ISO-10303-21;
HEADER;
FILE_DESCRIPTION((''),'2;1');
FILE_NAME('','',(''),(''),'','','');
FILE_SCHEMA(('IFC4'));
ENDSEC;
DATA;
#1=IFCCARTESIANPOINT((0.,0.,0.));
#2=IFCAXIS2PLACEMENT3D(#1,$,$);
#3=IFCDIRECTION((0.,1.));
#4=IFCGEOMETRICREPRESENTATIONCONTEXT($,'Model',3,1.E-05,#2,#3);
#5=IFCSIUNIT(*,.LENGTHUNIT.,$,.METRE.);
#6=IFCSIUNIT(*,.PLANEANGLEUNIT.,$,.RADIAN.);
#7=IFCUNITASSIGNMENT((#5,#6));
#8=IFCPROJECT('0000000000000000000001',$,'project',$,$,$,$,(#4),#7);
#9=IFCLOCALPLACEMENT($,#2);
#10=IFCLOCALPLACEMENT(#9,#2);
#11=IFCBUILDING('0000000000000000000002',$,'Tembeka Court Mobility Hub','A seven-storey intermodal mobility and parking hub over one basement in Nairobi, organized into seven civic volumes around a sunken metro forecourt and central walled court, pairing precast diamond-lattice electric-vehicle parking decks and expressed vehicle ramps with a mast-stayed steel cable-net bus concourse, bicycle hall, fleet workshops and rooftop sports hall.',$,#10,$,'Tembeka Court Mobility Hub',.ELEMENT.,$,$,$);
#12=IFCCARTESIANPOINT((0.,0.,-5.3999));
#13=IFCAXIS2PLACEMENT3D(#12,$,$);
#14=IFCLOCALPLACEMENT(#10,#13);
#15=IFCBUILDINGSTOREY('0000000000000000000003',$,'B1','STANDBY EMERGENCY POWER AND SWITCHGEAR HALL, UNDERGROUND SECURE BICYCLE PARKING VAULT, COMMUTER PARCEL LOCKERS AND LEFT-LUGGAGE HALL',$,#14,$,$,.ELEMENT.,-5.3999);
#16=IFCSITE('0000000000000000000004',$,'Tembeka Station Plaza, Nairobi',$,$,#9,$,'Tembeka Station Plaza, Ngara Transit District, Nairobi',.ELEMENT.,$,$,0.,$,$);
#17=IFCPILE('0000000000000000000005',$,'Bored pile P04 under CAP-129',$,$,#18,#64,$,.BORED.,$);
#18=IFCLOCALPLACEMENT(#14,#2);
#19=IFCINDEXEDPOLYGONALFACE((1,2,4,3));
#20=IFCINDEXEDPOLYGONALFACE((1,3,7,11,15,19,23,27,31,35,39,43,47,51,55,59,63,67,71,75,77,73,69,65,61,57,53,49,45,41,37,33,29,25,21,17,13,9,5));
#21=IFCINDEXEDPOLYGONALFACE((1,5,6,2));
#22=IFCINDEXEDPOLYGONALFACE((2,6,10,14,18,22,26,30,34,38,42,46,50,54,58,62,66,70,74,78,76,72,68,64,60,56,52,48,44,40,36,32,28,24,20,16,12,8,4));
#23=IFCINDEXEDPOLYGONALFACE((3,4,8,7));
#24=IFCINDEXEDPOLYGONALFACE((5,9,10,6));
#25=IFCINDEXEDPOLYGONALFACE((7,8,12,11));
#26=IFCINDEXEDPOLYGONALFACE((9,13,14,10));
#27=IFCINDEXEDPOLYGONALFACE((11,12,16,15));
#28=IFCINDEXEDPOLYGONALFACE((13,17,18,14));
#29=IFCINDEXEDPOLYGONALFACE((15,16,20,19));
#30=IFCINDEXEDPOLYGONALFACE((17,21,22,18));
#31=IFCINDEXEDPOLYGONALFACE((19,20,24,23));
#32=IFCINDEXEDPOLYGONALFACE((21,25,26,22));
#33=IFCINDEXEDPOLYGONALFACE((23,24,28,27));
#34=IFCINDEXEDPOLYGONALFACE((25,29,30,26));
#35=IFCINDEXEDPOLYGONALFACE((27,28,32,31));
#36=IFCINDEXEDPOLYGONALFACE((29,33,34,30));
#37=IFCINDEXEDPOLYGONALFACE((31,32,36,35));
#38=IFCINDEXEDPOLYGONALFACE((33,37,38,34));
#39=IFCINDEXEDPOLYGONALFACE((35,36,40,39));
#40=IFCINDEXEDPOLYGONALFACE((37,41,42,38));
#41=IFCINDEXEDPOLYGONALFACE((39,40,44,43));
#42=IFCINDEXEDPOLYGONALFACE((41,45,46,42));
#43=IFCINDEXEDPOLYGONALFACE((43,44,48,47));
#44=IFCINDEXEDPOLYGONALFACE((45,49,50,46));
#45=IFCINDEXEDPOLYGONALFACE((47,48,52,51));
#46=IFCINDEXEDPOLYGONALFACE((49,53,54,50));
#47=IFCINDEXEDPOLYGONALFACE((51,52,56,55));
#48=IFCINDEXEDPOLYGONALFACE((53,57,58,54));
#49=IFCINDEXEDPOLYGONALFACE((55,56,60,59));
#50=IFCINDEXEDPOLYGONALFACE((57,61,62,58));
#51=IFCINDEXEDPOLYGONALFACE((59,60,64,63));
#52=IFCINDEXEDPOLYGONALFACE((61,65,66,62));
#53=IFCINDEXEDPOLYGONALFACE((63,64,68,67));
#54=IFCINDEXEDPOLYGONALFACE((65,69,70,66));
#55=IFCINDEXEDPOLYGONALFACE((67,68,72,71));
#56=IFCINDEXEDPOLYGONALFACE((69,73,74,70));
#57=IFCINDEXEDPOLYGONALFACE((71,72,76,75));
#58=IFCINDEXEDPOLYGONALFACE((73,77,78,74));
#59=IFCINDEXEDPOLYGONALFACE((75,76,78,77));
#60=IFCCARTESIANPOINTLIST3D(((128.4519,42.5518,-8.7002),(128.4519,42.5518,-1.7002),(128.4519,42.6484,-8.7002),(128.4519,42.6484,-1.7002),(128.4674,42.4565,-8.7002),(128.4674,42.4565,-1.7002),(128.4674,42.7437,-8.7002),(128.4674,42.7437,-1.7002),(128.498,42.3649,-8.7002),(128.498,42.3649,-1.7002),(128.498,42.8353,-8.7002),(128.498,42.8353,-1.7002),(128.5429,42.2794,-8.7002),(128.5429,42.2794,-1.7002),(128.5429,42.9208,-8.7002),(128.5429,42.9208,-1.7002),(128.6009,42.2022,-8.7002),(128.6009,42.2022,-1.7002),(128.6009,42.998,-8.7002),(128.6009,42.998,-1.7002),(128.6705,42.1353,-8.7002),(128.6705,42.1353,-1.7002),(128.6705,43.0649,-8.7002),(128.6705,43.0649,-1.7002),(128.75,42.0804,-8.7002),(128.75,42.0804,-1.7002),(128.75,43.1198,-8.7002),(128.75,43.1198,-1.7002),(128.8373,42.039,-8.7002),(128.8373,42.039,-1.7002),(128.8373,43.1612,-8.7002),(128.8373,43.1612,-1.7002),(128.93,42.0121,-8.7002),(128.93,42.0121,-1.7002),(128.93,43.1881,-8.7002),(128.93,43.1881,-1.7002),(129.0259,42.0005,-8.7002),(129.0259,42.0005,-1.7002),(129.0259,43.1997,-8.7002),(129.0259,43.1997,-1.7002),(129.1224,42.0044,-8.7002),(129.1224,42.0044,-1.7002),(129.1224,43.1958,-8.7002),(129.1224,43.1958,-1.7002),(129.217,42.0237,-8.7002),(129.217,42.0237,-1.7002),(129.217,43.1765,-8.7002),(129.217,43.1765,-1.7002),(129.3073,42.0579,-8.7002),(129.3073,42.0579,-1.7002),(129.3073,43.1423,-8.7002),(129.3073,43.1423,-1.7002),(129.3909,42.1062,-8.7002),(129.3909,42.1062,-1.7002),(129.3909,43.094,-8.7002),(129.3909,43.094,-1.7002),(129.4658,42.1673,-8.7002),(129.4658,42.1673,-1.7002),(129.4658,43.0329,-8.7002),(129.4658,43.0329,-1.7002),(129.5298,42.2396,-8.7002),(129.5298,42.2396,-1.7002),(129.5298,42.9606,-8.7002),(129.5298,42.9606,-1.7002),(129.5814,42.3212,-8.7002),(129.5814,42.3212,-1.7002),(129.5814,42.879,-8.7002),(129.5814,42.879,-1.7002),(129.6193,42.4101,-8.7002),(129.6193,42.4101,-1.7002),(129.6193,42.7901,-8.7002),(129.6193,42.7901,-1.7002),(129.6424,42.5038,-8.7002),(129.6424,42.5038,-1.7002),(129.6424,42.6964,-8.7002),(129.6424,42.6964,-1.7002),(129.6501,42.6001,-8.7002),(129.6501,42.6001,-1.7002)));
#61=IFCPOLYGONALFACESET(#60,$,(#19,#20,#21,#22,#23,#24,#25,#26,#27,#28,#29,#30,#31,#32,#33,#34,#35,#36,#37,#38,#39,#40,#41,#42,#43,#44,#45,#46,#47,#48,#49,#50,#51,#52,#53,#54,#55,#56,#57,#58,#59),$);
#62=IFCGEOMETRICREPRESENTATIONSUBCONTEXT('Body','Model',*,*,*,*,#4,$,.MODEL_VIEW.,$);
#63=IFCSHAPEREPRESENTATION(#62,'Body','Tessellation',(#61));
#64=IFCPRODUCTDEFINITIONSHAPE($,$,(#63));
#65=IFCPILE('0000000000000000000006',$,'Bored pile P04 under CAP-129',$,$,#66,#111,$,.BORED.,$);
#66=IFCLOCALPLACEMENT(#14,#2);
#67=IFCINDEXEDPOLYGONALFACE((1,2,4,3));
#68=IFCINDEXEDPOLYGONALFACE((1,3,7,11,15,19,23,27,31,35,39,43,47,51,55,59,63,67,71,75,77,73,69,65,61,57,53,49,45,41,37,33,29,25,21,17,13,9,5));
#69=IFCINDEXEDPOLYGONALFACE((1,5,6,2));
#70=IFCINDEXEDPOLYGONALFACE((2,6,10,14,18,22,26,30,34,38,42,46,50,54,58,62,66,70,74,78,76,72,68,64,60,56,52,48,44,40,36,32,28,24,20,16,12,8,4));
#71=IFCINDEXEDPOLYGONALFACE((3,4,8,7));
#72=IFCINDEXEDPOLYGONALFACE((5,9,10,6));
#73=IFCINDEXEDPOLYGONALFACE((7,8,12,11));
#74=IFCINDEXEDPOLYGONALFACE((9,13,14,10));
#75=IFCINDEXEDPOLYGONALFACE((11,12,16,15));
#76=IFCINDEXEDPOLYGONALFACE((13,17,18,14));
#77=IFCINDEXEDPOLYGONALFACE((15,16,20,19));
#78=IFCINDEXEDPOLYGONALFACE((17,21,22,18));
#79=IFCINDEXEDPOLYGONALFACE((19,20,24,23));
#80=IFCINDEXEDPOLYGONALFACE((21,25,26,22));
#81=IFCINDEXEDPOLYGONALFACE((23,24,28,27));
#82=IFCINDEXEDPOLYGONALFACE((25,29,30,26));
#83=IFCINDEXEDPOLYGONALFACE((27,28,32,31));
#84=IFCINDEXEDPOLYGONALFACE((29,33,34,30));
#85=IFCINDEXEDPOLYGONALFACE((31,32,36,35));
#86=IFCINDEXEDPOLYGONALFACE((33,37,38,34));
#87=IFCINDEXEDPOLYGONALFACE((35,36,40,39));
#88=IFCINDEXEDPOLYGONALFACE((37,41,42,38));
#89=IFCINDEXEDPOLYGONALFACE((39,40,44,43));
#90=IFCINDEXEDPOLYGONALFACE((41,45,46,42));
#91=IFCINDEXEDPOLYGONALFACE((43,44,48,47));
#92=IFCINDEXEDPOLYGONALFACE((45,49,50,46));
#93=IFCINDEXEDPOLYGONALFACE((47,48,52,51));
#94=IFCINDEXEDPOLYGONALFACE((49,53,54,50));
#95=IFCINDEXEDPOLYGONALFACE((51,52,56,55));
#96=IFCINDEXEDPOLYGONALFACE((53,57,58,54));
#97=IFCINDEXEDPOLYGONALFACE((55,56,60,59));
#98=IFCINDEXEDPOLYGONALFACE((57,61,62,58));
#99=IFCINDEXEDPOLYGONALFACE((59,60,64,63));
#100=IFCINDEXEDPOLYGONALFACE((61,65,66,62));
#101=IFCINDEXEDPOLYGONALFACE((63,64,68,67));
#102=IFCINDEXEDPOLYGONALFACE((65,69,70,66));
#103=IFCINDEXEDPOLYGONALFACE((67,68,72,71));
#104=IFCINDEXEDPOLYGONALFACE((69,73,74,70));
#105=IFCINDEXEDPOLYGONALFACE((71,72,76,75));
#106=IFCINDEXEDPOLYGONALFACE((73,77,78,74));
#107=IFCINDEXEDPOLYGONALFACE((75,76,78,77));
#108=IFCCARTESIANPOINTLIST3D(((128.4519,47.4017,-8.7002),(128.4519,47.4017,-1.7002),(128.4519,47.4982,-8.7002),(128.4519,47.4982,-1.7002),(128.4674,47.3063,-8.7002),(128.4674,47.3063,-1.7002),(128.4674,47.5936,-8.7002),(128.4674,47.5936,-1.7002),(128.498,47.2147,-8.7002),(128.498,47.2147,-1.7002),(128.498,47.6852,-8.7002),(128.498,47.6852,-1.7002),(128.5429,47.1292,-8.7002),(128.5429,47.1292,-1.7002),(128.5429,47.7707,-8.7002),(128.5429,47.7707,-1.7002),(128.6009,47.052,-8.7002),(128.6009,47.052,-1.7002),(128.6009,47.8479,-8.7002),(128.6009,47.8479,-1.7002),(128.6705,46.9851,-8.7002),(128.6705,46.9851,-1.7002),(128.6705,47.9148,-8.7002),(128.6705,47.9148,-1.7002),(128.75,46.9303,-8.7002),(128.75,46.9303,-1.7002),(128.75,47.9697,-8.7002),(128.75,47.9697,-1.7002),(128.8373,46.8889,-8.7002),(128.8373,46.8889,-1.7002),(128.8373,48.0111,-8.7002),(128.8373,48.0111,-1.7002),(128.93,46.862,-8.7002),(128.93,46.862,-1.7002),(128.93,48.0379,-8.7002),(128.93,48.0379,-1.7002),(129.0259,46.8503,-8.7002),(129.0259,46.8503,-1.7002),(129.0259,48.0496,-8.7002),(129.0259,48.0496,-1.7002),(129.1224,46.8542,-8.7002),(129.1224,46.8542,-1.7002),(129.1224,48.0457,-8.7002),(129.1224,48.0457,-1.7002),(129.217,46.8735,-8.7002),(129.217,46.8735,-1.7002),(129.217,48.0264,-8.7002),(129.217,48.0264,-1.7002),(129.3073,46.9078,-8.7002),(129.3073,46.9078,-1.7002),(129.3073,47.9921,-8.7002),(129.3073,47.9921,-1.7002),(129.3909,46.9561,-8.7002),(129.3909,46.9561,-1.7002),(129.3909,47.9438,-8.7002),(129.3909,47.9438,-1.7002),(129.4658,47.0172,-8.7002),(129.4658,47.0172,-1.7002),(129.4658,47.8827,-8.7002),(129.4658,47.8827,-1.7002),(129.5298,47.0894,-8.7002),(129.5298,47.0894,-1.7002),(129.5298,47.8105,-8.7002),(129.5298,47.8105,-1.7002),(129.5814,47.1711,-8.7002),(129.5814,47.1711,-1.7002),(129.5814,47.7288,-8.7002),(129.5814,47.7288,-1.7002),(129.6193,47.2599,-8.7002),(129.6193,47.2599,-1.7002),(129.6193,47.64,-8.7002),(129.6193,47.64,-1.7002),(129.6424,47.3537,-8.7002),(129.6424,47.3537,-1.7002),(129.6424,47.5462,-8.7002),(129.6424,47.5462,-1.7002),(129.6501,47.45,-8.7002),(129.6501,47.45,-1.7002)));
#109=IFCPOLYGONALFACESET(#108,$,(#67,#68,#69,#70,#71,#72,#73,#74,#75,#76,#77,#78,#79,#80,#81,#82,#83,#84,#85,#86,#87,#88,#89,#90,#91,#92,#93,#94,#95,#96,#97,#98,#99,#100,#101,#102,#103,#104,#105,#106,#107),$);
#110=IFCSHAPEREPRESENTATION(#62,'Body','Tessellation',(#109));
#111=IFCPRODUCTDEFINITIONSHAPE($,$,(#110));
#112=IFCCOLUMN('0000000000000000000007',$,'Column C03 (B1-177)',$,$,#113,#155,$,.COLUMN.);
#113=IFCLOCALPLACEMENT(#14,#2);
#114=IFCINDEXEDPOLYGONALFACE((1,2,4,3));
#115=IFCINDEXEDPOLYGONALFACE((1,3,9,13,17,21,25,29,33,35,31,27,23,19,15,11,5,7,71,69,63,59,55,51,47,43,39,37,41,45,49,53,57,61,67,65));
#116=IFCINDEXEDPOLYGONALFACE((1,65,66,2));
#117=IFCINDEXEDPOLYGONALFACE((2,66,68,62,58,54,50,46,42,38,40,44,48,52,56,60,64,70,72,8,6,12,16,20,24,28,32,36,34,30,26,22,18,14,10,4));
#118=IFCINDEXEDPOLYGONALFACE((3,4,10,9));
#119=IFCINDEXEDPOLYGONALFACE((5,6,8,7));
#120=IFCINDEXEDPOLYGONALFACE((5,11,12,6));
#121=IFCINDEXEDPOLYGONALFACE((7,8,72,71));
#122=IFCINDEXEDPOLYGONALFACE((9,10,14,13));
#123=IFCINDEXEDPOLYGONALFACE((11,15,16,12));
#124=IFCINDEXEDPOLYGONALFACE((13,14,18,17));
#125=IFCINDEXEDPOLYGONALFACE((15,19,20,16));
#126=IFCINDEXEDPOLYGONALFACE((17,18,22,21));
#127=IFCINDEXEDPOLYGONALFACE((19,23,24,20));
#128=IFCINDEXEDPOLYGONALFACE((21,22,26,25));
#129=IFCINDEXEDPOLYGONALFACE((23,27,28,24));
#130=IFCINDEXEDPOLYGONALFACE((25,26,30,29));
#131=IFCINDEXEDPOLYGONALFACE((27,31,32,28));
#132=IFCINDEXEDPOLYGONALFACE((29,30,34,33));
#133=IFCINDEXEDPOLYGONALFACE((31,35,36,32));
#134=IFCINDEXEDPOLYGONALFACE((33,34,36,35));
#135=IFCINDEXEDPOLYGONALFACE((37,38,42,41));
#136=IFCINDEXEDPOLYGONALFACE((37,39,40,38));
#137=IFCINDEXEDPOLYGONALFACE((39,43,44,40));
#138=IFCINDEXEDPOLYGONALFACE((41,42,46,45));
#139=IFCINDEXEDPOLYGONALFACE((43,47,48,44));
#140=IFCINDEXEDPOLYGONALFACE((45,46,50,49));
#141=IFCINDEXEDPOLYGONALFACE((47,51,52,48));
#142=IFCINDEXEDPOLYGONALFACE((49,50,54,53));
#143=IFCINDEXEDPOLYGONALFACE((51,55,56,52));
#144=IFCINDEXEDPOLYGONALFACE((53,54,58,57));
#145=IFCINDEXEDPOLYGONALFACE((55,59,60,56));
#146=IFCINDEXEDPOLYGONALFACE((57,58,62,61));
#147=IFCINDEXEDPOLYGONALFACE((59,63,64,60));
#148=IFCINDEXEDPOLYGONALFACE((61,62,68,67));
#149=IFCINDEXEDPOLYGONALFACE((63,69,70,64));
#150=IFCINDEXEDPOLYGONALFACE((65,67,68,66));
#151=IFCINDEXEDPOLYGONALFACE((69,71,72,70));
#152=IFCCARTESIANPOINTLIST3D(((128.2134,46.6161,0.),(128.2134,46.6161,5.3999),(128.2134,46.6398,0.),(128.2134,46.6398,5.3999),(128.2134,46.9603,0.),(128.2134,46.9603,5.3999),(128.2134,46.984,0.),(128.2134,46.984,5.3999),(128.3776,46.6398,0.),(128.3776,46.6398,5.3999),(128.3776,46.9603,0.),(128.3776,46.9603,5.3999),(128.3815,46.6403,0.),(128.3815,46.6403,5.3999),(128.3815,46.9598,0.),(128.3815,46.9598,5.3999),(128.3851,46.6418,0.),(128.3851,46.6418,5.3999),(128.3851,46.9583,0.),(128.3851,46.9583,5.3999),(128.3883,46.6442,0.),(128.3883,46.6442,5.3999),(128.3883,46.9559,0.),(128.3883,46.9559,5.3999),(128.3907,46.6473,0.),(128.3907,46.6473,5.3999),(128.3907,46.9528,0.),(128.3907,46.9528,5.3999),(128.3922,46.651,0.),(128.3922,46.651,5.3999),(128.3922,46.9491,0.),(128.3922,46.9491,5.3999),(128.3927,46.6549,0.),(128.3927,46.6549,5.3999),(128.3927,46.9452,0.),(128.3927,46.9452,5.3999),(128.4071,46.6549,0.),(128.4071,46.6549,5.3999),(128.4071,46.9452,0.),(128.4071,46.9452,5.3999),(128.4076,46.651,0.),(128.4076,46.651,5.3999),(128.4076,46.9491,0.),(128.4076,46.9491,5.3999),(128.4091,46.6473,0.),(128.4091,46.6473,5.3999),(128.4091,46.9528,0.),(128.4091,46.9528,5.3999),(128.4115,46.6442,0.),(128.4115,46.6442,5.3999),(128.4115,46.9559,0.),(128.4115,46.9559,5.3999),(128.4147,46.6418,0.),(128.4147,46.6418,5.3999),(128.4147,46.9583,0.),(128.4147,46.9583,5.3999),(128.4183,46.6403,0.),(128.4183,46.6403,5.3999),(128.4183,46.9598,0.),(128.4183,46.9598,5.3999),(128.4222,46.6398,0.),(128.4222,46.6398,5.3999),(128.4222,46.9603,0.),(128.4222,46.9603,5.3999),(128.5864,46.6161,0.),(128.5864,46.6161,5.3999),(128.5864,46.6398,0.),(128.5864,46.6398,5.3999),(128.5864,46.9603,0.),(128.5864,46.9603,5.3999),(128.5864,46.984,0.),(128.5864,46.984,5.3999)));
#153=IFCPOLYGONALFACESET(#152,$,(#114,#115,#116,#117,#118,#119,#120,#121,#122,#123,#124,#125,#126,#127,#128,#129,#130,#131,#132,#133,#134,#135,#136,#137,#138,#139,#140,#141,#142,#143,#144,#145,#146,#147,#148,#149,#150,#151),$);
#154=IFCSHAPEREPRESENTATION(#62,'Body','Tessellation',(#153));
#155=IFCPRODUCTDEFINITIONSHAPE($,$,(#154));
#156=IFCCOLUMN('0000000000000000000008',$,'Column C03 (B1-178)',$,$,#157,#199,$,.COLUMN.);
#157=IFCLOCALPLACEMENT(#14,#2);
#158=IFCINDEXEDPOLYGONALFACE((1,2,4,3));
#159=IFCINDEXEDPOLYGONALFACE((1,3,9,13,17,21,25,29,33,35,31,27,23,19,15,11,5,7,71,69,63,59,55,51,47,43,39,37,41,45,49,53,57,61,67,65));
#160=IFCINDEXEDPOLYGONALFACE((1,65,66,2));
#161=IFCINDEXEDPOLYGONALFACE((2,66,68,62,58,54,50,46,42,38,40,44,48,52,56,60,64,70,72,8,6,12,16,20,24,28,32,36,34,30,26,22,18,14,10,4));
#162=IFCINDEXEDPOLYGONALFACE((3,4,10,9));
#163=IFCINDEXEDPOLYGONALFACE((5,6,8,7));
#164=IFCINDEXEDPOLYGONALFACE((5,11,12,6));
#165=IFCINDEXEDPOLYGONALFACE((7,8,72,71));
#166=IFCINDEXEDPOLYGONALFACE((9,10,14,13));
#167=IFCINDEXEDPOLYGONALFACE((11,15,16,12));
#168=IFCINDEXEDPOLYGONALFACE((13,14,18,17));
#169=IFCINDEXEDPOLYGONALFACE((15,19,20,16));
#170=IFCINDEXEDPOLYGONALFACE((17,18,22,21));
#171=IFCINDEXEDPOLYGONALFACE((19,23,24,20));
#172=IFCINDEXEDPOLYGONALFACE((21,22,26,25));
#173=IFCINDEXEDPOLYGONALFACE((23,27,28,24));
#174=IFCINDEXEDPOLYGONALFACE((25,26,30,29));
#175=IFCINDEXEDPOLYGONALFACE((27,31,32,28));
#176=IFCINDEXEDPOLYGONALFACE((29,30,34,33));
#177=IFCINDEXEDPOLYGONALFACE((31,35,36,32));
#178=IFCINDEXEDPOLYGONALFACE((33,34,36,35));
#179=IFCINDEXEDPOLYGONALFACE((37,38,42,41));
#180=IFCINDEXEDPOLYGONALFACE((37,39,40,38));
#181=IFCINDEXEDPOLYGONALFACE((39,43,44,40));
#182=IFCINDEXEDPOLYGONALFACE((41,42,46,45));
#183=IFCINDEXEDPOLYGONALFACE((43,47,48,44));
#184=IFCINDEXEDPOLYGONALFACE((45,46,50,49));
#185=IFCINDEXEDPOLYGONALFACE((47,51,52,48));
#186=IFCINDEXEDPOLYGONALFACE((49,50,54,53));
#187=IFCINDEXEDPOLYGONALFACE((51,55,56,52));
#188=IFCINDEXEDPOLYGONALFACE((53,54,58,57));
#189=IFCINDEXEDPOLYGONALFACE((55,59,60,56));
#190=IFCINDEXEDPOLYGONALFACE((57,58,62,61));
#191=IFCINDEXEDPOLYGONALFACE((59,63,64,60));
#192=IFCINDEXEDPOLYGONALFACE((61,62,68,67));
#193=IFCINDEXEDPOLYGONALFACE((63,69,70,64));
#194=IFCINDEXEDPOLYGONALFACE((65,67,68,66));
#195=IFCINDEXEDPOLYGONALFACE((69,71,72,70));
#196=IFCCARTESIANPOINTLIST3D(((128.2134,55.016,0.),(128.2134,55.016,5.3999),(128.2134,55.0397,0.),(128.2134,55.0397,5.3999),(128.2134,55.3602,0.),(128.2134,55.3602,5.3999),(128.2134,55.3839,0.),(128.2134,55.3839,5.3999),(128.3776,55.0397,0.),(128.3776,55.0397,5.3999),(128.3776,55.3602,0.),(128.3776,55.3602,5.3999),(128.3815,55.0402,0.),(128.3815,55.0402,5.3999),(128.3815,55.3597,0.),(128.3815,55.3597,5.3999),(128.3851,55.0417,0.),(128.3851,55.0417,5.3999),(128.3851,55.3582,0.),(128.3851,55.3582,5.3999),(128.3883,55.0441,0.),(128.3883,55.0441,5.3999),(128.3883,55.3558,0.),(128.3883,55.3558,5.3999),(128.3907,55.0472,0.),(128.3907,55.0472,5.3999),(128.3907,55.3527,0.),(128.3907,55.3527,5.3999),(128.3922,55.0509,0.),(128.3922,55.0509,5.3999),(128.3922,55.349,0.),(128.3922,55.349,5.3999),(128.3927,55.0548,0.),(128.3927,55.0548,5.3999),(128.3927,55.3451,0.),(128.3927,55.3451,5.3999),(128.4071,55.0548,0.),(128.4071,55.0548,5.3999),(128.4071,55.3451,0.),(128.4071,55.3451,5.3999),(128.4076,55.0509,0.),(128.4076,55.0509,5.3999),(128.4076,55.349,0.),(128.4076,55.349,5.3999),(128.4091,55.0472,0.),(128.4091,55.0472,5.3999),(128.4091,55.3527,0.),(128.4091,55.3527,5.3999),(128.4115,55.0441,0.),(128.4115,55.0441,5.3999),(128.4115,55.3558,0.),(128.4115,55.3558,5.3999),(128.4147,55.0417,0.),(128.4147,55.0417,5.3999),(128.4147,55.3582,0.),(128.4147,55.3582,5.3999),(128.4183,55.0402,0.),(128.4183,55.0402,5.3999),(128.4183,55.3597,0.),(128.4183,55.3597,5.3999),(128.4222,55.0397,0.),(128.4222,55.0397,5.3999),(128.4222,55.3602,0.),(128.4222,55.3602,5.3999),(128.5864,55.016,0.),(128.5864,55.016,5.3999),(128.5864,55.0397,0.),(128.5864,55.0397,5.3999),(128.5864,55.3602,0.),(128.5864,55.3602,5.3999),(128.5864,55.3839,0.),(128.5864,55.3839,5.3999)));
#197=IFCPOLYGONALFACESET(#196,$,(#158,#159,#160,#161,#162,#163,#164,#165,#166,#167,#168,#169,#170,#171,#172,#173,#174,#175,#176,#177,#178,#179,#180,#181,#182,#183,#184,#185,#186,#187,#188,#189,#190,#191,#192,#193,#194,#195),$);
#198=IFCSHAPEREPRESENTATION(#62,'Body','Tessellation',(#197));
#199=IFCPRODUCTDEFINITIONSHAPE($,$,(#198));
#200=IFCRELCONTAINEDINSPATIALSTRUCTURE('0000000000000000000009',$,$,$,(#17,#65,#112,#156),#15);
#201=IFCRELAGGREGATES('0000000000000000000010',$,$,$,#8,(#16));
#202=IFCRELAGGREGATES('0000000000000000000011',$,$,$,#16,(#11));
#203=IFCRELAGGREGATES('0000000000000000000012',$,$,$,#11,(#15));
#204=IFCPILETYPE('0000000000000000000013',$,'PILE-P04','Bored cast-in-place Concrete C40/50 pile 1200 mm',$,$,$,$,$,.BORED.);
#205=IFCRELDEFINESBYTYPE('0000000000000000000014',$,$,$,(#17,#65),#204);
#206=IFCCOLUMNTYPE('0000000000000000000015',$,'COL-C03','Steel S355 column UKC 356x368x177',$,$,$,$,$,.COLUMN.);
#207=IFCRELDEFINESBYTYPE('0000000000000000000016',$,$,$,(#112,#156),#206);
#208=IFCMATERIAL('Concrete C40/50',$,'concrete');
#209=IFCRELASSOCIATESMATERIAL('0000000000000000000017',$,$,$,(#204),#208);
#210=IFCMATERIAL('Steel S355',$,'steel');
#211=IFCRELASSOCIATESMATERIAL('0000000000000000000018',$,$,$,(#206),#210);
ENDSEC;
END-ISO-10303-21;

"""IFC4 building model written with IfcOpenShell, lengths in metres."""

from ifc_helpers import new_model, si_unit, direction, frame, origin, origin_2d, place, context, subcontext, project, spatial, circle, i_section, extrude, material, material_profile, profile_set, type_object, element, save


model = new_model("IFC4")

# Units and contexts
model_context = context("Model", 3, precision=1e-05, world=origin(), true_north=direction((0.0, 1.0)))
body_context = subcontext(model_context, "Body", "Model", "MODEL_VIEW")
ifc_project = project(units=[si_unit("LENGTHUNIT", "METRE"), si_unit("PLANEANGLEUNIT", "RADIAN")], contexts=[model_context])

# Site, building, storey
site_placement = place(None, origin())
site = spatial("IfcSite", under=ifc_project, at=site_placement, Name="Tembeka Station Plaza, Nairobi", LongName="Tembeka Station Plaza, Ngara Transit District, Nairobi", CompositionType="ELEMENT", RefElevation=0.0)
building_placement = place(site_placement, origin())
building = spatial("IfcBuilding", under=site, at=building_placement, Name="Tembeka Court Mobility Hub", Description="A seven-storey intermodal mobility and parking hub over one basement in Nairobi, organized into seven civic volumes around a sunken metro forecourt and central walled court, pairing precast diamond-lattice electric-vehicle parking decks and expressed vehicle ramps with a mast-stayed steel cable-net bus concourse, bicycle hall, fleet workshops and rooftop sports hall.", LongName="Tembeka Court Mobility Hub", CompositionType="ELEMENT")
storey_placement = place(building_placement, frame((0.0, 0.0, -5.3999)))
storey = spatial("IfcBuildingStorey", under=building, at=storey_placement, Name="B1", Description="STANDBY EMERGENCY POWER AND SWITCHGEAR HALL, UNDERGROUND SECURE BICYCLE PARKING VAULT, COMMUTER PARCEL LOCKERS AND LEFT-LUGGAGE HALL", CompositionType="ELEMENT", Elevation=-5.3999)

# Shared definitions
ifc_material_1 = material(Name="Concrete C40/50", Category="concrete")

# Piles
ifc_material_profile_1 = material_profile(ifc_material_1, circle(Radius=0.6001, at=origin_2d()), Name="PILE D1200")
ifc_profile_set_1 = profile_set([ifc_material_profile_1], Name="Concrete C40/50")
pile_type_1 = type_object("IfcPileType", Name="PILE-P04", Description="Bored cast-in-place Concrete C40/50 pile 1200 mm", PredefinedType="BORED", material=ifc_profile_set_1)
for number, where, z_axis, x_axis, name in (
    (1, (129.05, 42.6001, -1.7002), (0.0, 0.0, -1.0), (1.0, 0.0, 0.0), "Bored pile P04 under CAP-129"),
    (2, (129.05, 47.45, -1.7002), (0.0, 0.0, -1.0), (1.0, 0.0, 0.0), "Bored pile P04 under CAP-129"),
):
    element("IfcPile", number, at=place(storey_placement, frame(where, z_axis=z_axis, x_axis=x_axis)), inside=storey, type_object=pile_type_1, Name=name, PredefinedType="BORED", context=body_context, shape_type="SweptSolid", body=[
        extrude(circle(Radius=0.6001, at=origin_2d()), origin(), (0.0, 0.0, 1.0), 7.0),
    ])

# Columns
ifc_material_2 = material(Name="Steel S355", Category="steel")
ifc_material_profile_2 = material_profile(ifc_material_2, i_section(OverallWidth=0.373, OverallDepth=0.3679, WebThickness=0.0144, FlangeThickness=0.0237, FilletRadius=0.0151, at=origin_2d()), Name="UKC 356x368x177")
ifc_profile_set_2 = profile_set([ifc_material_profile_2], Name="Steel S355")
column_type = type_object("IfcColumnType", Name="COL-C03", Description="Steel S355 column UKC 356x368x177", PredefinedType="COLUMN", material=ifc_profile_set_2)
for number, where, z_axis, x_axis, name in (
    (3, (128.3999, 46.8, 0.0), (0.0, 0.0, 1.0), (1.0, 0.0, 0.0), "Column C03 (B1-177)"),
    (4, (128.3999, 55.2, 0.0), (0.0, 0.0, 1.0), (1.0, 0.0, 0.0), "Column C03 (B1-178)"),
):
    element("IfcColumn", number, at=place(storey_placement, frame(where, z_axis=z_axis, x_axis=x_axis)), inside=storey, type_object=column_type, Name=name, PredefinedType="COLUMN", context=body_context, shape_type="SweptSolid", body=[
        extrude(i_section(OverallWidth=0.373, OverallDepth=0.3679, WebThickness=0.0144, FlangeThickness=0.0237, FilletRadius=0.0151, at=origin_2d()), origin(), (0.0, 0.0, 1.0), 5.3999),
    ])

save(model, "model.ifc")
